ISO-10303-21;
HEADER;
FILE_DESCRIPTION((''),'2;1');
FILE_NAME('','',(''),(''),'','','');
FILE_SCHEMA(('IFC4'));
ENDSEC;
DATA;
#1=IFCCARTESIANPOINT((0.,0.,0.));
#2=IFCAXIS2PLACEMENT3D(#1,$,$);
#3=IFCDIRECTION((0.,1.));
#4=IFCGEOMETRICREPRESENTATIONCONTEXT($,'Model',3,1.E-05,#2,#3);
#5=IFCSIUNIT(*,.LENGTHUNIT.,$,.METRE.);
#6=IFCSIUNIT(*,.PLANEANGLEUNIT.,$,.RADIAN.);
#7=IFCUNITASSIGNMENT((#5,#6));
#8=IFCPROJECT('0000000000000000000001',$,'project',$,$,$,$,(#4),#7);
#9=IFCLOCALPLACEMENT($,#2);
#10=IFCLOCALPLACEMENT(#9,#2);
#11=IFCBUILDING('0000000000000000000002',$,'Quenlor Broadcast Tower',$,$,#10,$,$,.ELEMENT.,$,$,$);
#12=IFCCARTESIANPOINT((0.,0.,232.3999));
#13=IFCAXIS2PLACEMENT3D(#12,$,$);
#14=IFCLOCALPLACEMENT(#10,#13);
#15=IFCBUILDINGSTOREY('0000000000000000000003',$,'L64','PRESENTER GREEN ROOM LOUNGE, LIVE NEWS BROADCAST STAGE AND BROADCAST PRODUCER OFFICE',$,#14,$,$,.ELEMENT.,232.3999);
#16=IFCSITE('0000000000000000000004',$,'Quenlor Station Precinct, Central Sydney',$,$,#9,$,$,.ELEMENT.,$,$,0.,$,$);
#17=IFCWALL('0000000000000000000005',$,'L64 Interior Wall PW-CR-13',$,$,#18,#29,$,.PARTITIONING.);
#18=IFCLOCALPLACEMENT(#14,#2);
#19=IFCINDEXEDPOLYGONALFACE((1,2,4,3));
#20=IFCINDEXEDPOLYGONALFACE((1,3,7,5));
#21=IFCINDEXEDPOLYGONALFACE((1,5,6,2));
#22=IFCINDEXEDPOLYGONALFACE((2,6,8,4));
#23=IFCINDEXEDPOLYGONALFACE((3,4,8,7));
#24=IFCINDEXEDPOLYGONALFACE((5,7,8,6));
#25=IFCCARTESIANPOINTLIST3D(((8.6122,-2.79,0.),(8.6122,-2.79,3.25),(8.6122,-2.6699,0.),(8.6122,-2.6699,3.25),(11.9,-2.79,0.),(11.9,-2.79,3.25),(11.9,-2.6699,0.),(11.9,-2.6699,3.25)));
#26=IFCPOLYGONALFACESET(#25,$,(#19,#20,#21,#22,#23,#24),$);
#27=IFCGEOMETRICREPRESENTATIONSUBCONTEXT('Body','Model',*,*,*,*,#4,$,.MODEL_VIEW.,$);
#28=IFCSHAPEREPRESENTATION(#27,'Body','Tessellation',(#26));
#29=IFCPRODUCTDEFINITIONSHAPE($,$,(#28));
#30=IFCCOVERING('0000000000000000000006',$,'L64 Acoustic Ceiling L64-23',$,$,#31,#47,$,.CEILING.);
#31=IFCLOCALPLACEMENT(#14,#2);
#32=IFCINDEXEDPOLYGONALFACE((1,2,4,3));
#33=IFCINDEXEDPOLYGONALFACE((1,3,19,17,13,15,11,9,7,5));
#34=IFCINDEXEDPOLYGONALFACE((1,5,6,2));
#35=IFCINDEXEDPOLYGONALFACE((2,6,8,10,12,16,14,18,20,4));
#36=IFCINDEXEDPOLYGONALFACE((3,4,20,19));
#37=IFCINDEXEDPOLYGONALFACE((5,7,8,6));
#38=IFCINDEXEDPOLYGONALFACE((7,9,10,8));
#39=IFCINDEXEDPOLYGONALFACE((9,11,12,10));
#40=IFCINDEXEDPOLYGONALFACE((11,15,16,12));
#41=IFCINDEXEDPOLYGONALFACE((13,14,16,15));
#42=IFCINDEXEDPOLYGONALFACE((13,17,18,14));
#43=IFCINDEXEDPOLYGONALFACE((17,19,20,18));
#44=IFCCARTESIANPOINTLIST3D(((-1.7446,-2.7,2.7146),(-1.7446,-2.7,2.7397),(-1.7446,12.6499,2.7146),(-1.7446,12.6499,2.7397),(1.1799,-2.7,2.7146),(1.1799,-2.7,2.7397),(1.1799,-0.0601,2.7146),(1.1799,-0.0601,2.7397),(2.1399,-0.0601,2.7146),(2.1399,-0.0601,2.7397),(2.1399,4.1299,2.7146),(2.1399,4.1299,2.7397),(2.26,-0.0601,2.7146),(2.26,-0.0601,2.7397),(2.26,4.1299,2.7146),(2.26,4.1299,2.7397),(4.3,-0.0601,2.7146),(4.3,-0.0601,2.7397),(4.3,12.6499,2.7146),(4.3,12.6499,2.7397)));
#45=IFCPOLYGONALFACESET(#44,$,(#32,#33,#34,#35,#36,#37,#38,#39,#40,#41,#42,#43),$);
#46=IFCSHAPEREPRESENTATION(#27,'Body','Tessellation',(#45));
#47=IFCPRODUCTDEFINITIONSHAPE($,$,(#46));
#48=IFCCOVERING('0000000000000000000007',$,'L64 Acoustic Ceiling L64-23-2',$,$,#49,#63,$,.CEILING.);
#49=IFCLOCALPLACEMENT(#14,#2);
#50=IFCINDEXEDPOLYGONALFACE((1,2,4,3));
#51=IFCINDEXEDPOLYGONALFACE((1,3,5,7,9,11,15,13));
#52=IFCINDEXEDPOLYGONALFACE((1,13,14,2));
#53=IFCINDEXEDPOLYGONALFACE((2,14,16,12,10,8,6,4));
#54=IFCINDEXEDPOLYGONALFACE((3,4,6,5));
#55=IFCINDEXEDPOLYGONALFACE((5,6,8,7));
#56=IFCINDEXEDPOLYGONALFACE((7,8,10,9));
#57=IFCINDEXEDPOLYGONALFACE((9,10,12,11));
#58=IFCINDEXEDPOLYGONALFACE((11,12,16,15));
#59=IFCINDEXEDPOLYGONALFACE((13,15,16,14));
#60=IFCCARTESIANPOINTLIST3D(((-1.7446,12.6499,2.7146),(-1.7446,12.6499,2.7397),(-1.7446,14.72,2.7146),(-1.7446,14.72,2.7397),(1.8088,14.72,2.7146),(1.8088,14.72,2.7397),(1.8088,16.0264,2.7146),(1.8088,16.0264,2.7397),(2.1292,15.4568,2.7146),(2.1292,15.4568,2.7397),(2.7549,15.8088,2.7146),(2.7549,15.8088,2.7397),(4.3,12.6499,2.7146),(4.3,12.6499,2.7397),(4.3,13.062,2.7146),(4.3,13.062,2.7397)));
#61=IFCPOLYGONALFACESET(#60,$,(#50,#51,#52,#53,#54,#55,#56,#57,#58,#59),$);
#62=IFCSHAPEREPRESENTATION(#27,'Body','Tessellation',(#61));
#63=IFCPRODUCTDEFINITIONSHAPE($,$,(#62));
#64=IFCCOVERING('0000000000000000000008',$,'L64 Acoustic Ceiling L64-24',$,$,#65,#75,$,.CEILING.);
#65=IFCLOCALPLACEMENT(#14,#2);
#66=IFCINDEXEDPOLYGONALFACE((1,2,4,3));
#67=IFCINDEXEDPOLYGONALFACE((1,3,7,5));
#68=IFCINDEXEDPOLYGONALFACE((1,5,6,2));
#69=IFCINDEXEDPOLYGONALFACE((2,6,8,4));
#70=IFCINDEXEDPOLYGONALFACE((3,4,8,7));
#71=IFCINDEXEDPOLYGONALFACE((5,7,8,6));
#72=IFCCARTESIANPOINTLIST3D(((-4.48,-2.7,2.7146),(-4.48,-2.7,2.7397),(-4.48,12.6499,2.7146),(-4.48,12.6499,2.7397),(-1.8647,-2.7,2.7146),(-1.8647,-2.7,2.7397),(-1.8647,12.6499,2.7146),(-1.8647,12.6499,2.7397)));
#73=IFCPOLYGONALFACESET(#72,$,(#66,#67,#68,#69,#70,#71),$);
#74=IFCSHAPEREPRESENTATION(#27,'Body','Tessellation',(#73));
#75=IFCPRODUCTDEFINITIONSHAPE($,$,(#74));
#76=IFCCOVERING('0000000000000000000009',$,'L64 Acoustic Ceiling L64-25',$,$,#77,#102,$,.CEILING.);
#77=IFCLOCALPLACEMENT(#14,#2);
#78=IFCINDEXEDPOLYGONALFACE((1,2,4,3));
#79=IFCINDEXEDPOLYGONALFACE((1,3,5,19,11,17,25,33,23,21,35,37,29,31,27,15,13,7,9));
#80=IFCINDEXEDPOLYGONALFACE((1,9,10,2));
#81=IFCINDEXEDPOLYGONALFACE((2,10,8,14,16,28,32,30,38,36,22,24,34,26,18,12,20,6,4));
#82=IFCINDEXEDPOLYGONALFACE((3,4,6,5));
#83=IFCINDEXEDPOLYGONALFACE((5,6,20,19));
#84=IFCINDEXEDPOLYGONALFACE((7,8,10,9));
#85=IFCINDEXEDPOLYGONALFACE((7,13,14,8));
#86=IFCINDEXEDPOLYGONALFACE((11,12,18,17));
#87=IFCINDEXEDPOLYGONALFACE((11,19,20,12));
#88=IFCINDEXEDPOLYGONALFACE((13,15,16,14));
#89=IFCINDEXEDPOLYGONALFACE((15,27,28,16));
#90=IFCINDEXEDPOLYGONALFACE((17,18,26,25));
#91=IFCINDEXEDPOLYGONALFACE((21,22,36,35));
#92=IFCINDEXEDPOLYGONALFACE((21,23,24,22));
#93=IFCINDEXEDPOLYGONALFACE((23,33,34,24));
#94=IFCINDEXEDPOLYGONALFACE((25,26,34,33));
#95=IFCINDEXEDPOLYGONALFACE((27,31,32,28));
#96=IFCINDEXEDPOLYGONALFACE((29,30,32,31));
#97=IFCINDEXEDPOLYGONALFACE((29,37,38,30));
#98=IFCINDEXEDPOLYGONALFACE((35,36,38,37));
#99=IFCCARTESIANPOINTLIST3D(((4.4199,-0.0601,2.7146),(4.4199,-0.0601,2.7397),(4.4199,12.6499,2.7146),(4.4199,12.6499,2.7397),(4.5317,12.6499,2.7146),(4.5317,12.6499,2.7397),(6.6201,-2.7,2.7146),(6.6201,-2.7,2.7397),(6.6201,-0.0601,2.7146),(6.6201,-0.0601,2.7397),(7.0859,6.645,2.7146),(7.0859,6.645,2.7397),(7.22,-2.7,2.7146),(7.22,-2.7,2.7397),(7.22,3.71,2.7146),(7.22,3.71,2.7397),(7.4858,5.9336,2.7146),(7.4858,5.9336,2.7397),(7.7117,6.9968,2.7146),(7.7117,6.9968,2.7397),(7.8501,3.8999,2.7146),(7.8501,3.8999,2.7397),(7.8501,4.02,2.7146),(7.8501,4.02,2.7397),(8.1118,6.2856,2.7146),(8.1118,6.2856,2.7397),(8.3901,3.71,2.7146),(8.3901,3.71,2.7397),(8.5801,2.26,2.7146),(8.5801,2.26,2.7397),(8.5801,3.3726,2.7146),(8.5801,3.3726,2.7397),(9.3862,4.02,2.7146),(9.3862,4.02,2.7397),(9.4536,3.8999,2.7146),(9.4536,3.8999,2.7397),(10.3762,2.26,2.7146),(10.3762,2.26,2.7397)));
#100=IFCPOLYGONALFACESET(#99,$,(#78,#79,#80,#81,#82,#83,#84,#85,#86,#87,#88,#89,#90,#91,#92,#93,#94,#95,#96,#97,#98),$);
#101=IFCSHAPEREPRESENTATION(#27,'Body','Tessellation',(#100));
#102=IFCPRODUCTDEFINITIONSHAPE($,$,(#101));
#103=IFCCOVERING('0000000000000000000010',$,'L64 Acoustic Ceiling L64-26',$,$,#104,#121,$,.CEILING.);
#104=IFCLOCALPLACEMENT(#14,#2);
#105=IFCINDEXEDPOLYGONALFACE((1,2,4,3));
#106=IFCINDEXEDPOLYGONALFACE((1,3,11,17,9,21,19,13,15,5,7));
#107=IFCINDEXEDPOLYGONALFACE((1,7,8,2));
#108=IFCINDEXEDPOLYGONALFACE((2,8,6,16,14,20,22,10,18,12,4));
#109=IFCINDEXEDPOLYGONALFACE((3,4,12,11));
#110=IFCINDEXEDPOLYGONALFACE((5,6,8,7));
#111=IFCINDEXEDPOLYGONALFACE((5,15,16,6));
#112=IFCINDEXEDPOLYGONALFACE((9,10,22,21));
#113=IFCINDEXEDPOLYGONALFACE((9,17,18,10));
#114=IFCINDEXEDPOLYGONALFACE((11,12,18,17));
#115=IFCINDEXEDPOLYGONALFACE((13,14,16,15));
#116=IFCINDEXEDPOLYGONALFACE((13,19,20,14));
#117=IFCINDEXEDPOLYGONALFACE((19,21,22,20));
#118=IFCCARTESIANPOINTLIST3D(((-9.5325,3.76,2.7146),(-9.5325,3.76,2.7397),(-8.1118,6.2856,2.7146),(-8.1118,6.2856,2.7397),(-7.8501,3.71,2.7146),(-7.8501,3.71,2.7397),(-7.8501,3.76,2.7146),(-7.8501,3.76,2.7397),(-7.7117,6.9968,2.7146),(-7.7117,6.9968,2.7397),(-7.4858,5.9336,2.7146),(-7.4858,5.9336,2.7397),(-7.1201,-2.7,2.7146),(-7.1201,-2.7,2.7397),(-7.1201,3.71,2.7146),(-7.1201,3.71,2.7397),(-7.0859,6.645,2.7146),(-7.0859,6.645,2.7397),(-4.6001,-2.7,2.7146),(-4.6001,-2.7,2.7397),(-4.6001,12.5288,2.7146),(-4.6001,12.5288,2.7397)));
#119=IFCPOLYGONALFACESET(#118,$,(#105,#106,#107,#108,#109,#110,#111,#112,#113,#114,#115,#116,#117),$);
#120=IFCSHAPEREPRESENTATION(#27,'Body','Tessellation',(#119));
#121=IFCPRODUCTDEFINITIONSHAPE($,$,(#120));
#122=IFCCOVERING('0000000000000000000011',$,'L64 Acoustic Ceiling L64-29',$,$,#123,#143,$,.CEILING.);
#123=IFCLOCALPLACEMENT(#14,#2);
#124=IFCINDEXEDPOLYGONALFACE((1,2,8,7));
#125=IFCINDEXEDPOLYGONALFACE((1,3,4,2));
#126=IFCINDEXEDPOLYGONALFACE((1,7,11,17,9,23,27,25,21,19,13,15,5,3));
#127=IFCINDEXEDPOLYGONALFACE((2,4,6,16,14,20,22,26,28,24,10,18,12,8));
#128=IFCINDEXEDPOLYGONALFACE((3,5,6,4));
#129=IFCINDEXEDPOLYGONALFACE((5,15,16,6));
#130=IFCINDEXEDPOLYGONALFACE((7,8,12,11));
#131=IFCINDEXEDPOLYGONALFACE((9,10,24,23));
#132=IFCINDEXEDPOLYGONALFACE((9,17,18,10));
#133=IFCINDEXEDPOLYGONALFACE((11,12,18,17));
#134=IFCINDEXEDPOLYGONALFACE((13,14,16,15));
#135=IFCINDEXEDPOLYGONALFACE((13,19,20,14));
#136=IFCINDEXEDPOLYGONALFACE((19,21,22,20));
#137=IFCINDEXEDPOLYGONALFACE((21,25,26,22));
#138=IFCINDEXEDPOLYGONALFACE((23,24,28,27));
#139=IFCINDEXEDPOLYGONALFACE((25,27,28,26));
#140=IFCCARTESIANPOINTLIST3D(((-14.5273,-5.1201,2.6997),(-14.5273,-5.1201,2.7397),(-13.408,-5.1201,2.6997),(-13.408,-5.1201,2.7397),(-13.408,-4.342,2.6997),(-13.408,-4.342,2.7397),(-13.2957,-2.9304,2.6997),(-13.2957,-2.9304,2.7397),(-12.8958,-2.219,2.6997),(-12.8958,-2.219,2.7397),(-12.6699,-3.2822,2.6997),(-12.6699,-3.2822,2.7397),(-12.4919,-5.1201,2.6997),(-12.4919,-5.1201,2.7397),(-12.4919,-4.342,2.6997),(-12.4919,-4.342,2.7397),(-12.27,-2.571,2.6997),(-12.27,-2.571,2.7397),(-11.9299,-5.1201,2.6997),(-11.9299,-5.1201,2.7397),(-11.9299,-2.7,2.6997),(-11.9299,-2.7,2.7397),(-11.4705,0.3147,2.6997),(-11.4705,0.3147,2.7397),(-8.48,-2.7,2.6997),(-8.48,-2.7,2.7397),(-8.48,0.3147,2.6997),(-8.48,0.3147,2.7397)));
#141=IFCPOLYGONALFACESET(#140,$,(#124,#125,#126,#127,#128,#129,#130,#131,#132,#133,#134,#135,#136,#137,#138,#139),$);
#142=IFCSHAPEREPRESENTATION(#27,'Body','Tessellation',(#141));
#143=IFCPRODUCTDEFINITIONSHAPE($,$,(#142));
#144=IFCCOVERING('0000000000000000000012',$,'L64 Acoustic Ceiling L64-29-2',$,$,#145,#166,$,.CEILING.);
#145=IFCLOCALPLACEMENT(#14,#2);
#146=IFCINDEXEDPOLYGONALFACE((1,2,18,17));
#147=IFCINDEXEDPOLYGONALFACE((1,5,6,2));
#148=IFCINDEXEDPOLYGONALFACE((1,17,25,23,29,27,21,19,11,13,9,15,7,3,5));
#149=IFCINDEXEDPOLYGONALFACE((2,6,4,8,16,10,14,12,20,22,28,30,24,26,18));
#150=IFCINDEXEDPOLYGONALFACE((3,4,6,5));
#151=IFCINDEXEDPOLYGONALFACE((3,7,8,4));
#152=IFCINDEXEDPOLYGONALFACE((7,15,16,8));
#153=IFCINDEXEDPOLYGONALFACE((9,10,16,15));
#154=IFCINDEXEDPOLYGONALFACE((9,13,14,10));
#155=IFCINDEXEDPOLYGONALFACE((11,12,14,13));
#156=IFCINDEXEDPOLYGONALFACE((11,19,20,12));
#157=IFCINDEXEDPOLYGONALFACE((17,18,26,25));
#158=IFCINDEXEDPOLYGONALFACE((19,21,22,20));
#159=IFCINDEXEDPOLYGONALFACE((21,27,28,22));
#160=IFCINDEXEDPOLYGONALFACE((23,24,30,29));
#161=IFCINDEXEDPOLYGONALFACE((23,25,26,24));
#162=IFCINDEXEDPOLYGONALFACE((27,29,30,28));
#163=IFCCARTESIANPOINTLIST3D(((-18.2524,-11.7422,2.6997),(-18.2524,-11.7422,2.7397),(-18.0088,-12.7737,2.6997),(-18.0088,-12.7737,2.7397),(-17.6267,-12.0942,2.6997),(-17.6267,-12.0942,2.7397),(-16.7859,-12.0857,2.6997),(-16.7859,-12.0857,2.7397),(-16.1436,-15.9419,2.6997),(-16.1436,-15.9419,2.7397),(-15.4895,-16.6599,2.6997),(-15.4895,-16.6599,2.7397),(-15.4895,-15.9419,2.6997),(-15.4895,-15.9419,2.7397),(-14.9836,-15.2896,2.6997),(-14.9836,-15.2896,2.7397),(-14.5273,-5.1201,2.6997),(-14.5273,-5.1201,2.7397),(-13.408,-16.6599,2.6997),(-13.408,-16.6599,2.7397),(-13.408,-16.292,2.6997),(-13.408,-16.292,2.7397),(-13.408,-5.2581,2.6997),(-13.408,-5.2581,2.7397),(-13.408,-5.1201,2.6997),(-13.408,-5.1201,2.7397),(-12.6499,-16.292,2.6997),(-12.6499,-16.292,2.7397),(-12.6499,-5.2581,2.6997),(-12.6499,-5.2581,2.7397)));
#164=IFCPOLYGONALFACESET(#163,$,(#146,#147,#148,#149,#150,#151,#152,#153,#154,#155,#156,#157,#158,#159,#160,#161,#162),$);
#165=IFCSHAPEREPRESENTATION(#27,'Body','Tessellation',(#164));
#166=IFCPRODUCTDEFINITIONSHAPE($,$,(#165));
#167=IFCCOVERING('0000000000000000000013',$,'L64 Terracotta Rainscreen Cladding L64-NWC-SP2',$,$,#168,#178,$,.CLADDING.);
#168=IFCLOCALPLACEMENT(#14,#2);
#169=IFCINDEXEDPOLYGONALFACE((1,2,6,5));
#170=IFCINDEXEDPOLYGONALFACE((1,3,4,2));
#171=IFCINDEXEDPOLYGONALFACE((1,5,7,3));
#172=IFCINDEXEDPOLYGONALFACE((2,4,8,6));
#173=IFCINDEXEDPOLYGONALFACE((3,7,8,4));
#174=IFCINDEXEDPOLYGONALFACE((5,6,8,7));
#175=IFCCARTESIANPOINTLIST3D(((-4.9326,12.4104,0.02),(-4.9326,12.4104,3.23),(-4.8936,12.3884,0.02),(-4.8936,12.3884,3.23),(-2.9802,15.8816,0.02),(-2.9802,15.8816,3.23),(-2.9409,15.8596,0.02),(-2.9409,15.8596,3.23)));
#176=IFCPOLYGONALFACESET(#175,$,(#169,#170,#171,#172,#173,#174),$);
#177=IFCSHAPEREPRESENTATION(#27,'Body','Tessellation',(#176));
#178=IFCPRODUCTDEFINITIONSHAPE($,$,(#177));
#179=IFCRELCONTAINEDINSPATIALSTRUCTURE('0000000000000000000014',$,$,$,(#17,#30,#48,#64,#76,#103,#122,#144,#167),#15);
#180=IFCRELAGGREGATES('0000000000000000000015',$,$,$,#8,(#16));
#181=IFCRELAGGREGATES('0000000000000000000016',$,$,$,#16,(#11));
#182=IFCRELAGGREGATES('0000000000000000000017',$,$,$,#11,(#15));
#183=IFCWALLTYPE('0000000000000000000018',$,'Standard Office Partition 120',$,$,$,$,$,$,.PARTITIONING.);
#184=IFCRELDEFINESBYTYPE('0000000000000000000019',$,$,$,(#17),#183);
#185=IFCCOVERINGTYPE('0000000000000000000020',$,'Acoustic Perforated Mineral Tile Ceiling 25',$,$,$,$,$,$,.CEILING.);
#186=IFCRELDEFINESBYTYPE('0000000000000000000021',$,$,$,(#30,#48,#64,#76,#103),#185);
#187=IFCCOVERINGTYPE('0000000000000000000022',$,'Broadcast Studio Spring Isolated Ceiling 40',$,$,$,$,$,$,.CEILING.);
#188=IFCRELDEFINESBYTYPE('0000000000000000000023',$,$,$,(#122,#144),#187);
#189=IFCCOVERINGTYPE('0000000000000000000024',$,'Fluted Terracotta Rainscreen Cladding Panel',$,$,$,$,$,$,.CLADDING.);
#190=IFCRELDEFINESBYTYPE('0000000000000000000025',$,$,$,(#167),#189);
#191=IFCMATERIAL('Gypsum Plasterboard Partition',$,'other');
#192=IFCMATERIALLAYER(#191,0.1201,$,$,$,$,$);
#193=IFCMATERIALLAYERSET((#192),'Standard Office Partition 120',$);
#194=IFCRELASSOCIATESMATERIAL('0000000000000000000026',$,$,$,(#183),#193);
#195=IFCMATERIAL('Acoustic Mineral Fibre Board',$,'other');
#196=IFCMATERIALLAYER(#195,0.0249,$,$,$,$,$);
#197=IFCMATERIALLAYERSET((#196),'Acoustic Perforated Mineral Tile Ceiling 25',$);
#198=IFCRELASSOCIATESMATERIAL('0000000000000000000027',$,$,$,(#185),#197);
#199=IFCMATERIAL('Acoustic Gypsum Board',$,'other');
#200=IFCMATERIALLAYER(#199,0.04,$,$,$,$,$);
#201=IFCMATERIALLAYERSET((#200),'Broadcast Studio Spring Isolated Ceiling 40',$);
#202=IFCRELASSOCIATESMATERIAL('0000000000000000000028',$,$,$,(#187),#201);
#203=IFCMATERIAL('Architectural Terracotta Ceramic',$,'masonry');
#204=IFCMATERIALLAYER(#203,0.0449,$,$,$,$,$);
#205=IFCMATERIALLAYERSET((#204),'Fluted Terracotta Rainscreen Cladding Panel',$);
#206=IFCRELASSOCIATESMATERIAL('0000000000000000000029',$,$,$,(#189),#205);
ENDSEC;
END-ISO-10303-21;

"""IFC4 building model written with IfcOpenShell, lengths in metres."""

from ifc_helpers import new_model, si_unit, direction, frame, frame_2d, origin, place, context, subcontext, project, spatial, polyline, rectangle, outline, extrude, material, layer, layer_set, type_object, element, save


model = new_model("IFC4")

# Units and contexts
model_context = context("Model", 3, precision=1e-05, world=origin(), true_north=direction((0.0, 1.0)))
body_context = subcontext(model_context, "Body", "Model", "MODEL_VIEW")
ifc_project = project(units=[si_unit("LENGTHUNIT", "METRE"), si_unit("PLANEANGLEUNIT", "RADIAN")], contexts=[model_context])

# Site, building, storey
site_placement = place(None, origin())
site = spatial("IfcSite", under=ifc_project, at=site_placement, Name="Quenlor Station Precinct, Central Sydney", CompositionType="ELEMENT", RefElevation=0.0)
building_placement = place(site_placement, origin())
building = spatial("IfcBuilding", under=site, at=building_placement, Name="Quenlor Broadcast Tower", CompositionType="ELEMENT")
storey_placement = place(building_placement, frame((0.0, 0.0, 232.3999)))
storey = spatial("IfcBuildingStorey", under=building, at=storey_placement, Name="L64", Description="PRESENTER GREEN ROOM LOUNGE, LIVE NEWS BROADCAST STAGE AND BROADCAST PRODUCER OFFICE", CompositionType="ELEMENT", Elevation=232.3999)

# Shared definitions
ifc_material_1 = material(Name="Gypsum Plasterboard Partition", Category="other")
ifc_layer_1 = layer(ifc_material_1, 0.1201)
ifc_layer_set_1 = layer_set([ifc_layer_1], Name="Standard Office Partition 120")
wall_type = type_object("IfcWallType", Name="Standard Office Partition 120", PredefinedType="PARTITIONING", material=ifc_layer_set_1)

# Wall
wall_1_placement = place(storey_placement, frame((8.6121, -2.73, 0.0), z_axis=(0.0, 0.0, 1.0), x_axis=(1.0, 0.0, 0.0)))
element("IfcWall", 1, at=wall_1_placement, inside=storey, type_object=wall_type, Name="L64 Interior Wall PW-CR-13", PredefinedType="PARTITIONING", context=body_context, shape_type="SweptSolid", body=[
    extrude(rectangle(XDim=3.2878, YDim=0.1201, at=frame_2d((1.644, 0.0))), origin(), (0.0, 0.0, 1.0), 3.25),
])

# Coverings
ifc_material_2 = material(Name="Acoustic Mineral Fibre Board", Category="other")
ifc_layer_2 = layer(ifc_material_2, 0.0249)
ifc_layer_set_2 = layer_set([ifc_layer_2], Name="Acoustic Perforated Mineral Tile Ceiling 25")
covering_type_1 = type_object("IfcCoveringType", Name="Acoustic Perforated Mineral Tile Ceiling 25", PredefinedType="CEILING", material=ifc_layer_set_2)
covering_1_placement = place(storey_placement, frame((0.0, 0.0, 2.7146)))
element("IfcCovering", 2, at=covering_1_placement, inside=storey, type_object=covering_type_1, Name="L64 Acoustic Ceiling L64-23", PredefinedType="CEILING", context=body_context, shape_type="SweptSolid", body=[
    extrude(outline(polyline([(4.3, -0.0601), (2.26, -0.0601), (2.26, 4.1299), (2.1399, 4.1299), (2.1399, -0.0601), (1.1799, -0.0601), (1.1799, -2.7), (-1.7446, -2.7), (-1.7446, 12.6499), (4.3, 12.6499), (4.3, -0.0601)])), origin(), (0.0, 0.0, 1.0), 0.0251),
])
covering_2_placement = place(storey_placement, frame((0.0, 0.0, 2.7146)))
element("IfcCovering", 3, at=covering_2_placement, inside=storey, type_object=covering_type_1, Name="L64 Acoustic Ceiling L64-23-2", PredefinedType="CEILING", context=body_context, shape_type="SweptSolid", body=[
    extrude(outline(polyline([(2.7549, 15.8088), (4.3, 13.062), (4.3, 12.6499), (-1.7446, 12.6499), (-1.7446, 14.72), (1.8088, 14.72), (1.8088, 16.0264), (2.1292, 15.4568), (2.7549, 15.8088)])), origin(), (0.0, 0.0, 1.0), 0.0251),
])
covering_3_placement = place(storey_placement, frame((0.0, 0.0, 2.7146)))
element("IfcCovering", 4, at=covering_3_placement, inside=storey, type_object=covering_type_1, Name="L64 Acoustic Ceiling L64-24", PredefinedType="CEILING", context=body_context, shape_type="SweptSolid", body=[
    extrude(outline(polyline([(-4.48, 12.6499), (-1.8647, 12.6499), (-1.8647, -2.7), (-4.48, -2.7), (-4.48, 12.6499)])), origin(), (0.0, 0.0, 1.0), 0.0251),
])
covering_4_placement = place(storey_placement, frame((0.0, 0.0, 2.7146)))
element("IfcCovering", 5, at=covering_4_placement, inside=storey, type_object=covering_type_1, Name="L64 Acoustic Ceiling L64-25", PredefinedType="CEILING", context=body_context, shape_type="SweptSolid", body=[
    extrude(outline(polyline([(9.4536, 3.8999), (10.3762, 2.26), (8.5801, 2.26), (8.5801, 3.3726), (8.3901, 3.71), (7.22, 3.71), (7.22, -2.7), (6.6201, -2.7), (6.6201, -0.0601), (4.4199, -0.0601), (4.4199, 12.6499), (4.5317, 12.6499), (7.7117, 6.9968), (7.0859, 6.645), (7.4858, 5.9336), (8.1118, 6.2856), (9.3862, 4.02), (7.8501, 4.02), (7.8501, 3.8999), (9.4536, 3.8999)])), origin(), (0.0, 0.0, 1.0), 0.0251),
])
covering_5_placement = place(storey_placement, frame((0.0, 0.0, 2.7146)))
element("IfcCovering", 6, at=covering_5_placement, inside=storey, type_object=covering_type_1, Name="L64 Acoustic Ceiling L64-26", PredefinedType="CEILING", context=body_context, shape_type="SweptSolid", body=[
    extrude(outline(polyline([(-7.1201, 3.71), (-7.8501, 3.71), (-7.8501, 3.76), (-9.5325, 3.76), (-8.1118, 6.2856), (-7.4858, 5.9336), (-7.0859, 6.645), (-7.7117, 6.9968), (-4.6001, 12.5288), (-4.6001, -2.7), (-7.1201, -2.7), (-7.1201, 3.71)])), origin(), (0.0, 0.0, 1.0), 0.0251),
])
ifc_material_3 = material(Name="Acoustic Gypsum Board", Category="other")
ifc_layer_3 = layer(ifc_material_3, 0.04)
ifc_layer_set_3 = layer_set([ifc_layer_3], Name="Broadcast Studio Spring Isolated Ceiling 40")
covering_type_2 = type_object("IfcCoveringType", Name="Broadcast Studio Spring Isolated Ceiling 40", PredefinedType="CEILING", material=ifc_layer_set_3)
covering_6_placement = place(storey_placement, frame((0.0, 0.0, 2.6997)))
element("IfcCovering", 7, at=covering_6_placement, inside=storey, type_object=covering_type_2, Name="L64 Acoustic Ceiling L64-29", PredefinedType="CEILING", context=body_context, shape_type="SweptSolid", body=[
    extrude(outline(polyline([(-13.2957, -2.9304), (-12.6699, -3.2822), (-12.27, -2.571), (-12.8958, -2.219), (-11.4705, 0.3147), (-8.48, 0.3147), (-8.48, -2.7), (-11.9299, -2.7), (-11.9299, -5.1201), (-12.4919, -5.1201), (-12.4919, -4.342), (-13.408, -4.342), (-13.408, -5.1201), (-14.5273, -5.1201), (-13.2957, -2.9304)])), origin(), (0.0, 0.0, 1.0), 0.04),
])
covering_7_placement = place(storey_placement, frame((0.0, 0.0, 2.6997)))
element("IfcCovering", 8, at=covering_7_placement, inside=storey, type_object=covering_type_2, Name="L64 Acoustic Ceiling L64-29-2", PredefinedType="CEILING", context=body_context, shape_type="SweptSolid", body=[
    extrude(outline(polyline([(-17.6267, -12.0942), (-18.2524, -11.7422), (-14.5273, -5.1201), (-13.408, -5.1201), (-13.408, -5.2581), (-12.6499, -5.2581), (-12.6499, -16.292), (-13.408, -16.292), (-13.408, -16.6599), (-15.4895, -16.6599), (-15.4895, -15.9419), (-16.1436, -15.9419), (-14.9836, -15.2896), (-16.7859, -12.0857), (-18.0088, -12.7737), (-17.6267, -12.0942)])), origin(), (0.0, 0.0, 1.0), 0.04),
])
ifc_material_4 = material(Name="Architectural Terracotta Ceramic", Category="masonry")
ifc_layer_4 = layer(ifc_material_4, 0.0449)
ifc_layer_set_4 = layer_set([ifc_layer_4], Name="Fluted Terracotta Rainscreen Cladding Panel")
covering_type_3 = type_object("IfcCoveringType", Name="Fluted Terracotta Rainscreen Cladding Panel", PredefinedType="CLADDING", material=ifc_layer_set_4)
covering_8_placement = place(storey_placement, frame((0.0, 0.0, 0.02)))
element("IfcCovering", 9, at=covering_8_placement, inside=storey, type_object=covering_type_3, Name="L64 Terracotta Rainscreen Cladding L64-NWC-SP2", PredefinedType="CLADDING", context=body_context, shape_type="SweptSolid", body=[
    extrude(outline(polyline([(-4.8936, 12.3884), (-2.9409, 15.8596), (-2.9802, 15.8816), (-4.9326, 12.4104), (-4.8936, 12.3884)])), origin(), (0.0, 0.0, 1.0), 3.21),
])

save(model, "model.ifc")
